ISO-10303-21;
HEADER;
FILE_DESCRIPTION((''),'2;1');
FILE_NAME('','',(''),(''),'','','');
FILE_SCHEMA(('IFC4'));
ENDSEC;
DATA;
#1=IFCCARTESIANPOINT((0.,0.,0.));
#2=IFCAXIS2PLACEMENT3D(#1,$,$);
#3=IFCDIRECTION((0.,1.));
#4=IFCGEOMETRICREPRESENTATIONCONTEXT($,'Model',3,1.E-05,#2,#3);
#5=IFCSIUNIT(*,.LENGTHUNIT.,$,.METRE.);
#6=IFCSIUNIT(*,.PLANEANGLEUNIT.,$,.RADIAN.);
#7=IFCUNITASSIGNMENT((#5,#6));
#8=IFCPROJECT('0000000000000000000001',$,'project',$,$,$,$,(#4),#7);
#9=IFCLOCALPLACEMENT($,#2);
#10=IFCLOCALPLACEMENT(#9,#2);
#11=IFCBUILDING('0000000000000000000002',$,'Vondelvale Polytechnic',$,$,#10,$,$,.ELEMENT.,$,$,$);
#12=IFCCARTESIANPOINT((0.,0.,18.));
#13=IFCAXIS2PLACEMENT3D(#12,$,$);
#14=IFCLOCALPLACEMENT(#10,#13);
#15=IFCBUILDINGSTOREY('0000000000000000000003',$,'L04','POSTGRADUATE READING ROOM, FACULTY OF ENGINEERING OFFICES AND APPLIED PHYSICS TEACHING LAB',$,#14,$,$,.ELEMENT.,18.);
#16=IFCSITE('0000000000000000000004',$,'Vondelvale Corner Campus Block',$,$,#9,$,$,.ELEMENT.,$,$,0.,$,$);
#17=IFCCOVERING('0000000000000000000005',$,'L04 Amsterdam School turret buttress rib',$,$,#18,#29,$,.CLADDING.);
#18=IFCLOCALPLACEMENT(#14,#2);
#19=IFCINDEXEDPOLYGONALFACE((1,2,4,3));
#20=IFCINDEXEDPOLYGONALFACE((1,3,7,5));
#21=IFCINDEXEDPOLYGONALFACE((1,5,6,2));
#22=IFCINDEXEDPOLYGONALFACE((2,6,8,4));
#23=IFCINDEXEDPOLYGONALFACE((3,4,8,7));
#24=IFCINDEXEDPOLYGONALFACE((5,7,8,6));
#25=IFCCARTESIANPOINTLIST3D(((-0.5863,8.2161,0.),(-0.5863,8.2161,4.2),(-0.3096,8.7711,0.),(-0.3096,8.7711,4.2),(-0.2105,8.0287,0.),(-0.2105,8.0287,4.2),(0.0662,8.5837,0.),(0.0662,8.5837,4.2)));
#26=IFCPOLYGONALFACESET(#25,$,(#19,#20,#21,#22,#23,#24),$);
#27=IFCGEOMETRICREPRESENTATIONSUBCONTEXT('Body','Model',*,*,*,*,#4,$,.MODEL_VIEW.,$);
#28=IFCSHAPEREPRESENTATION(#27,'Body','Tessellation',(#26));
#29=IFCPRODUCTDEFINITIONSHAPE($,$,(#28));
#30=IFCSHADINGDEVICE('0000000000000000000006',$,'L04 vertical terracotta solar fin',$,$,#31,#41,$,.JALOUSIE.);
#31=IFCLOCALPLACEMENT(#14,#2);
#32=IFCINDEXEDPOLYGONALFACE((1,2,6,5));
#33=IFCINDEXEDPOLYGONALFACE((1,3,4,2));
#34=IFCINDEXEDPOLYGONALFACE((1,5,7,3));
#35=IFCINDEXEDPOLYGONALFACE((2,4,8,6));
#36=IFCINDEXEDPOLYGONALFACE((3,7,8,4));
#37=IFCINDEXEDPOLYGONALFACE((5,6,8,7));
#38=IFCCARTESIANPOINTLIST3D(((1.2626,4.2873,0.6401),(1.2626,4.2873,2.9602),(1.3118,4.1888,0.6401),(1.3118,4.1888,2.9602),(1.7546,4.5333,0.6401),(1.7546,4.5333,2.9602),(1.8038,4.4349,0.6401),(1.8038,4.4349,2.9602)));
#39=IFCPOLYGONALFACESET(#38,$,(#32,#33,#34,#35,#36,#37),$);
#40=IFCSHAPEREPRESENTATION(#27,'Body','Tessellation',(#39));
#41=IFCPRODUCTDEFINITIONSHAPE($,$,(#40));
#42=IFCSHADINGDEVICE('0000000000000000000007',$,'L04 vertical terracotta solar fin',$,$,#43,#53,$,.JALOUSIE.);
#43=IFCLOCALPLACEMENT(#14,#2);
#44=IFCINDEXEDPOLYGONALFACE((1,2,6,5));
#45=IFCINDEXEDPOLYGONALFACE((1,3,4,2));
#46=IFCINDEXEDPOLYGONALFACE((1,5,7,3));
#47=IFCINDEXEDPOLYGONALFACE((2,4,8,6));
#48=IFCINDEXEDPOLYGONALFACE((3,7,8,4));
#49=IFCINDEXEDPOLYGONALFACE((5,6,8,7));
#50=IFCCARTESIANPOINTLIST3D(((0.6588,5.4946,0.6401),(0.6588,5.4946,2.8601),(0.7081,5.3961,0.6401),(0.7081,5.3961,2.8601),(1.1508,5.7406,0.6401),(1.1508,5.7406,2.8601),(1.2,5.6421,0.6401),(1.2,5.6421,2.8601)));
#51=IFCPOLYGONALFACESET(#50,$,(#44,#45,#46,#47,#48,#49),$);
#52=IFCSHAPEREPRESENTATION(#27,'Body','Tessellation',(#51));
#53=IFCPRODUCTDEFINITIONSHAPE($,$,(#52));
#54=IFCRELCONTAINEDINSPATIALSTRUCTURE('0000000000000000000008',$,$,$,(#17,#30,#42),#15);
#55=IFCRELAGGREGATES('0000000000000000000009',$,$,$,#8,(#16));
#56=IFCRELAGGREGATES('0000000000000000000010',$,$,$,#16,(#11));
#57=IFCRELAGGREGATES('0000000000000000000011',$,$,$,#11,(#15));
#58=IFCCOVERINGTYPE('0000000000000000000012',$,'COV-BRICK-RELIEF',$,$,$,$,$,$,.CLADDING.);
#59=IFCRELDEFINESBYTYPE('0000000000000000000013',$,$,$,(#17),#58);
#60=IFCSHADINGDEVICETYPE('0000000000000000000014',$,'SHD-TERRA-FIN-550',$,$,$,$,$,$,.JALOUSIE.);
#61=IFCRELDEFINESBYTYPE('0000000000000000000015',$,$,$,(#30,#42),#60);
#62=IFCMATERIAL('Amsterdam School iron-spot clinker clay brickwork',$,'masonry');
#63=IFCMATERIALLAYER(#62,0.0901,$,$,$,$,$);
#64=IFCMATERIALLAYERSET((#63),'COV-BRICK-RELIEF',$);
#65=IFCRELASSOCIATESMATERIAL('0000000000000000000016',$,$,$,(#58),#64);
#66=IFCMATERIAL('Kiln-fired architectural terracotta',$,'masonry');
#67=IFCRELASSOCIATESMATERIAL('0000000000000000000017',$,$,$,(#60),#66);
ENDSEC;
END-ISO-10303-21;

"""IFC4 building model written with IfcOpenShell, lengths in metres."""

from ifc_helpers import new_model, si_unit, direction, frame, origin, origin_2d, place, context, subcontext, project, spatial, rectangle, extrude, material, layer, layer_set, type_object, element, save


model = new_model("IFC4")

# Units and contexts
model_context = context("Model", 3, precision=1e-05, world=origin(), true_north=direction((0.0, 1.0)))
body_context = subcontext(model_context, "Body", "Model", "MODEL_VIEW")
ifc_project = project(units=[si_unit("LENGTHUNIT", "METRE"), si_unit("PLANEANGLEUNIT", "RADIAN")], contexts=[model_context])

# Site, building, storey
site_placement = place(None, origin())
site = spatial("IfcSite", under=ifc_project, at=site_placement, Name="Vondelvale Corner Campus Block", CompositionType="ELEMENT", RefElevation=0.0)
building_placement = place(site_placement, origin())
building = spatial("IfcBuilding", under=site, at=building_placement, Name="Vondelvale Polytechnic", CompositionType="ELEMENT")
storey_placement = place(building_placement, frame((0.0, 0.0, 18.0)))
storey = spatial("IfcBuildingStorey", under=building, at=storey_placement, Name="L04", Description="POSTGRADUATE READING ROOM, FACULTY OF ENGINEERING OFFICES AND APPLIED PHYSICS TEACHING LAB", CompositionType="ELEMENT", Elevation=18.0)

# Shared definitions
ifc_material_1 = material(Name="Amsterdam School iron-spot clinker clay brickwork", Category="masonry")

# Covering
ifc_layer_1 = layer(ifc_material_1, 0.0901)
ifc_layer_set_1 = layer_set([ifc_layer_1], Name="COV-BRICK-RELIEF")
covering_type = type_object("IfcCoveringType", Name="COV-BRICK-RELIEF", PredefinedType="CLADDING", material=ifc_layer_set_1)
for number, where, z_axis, x_axis, name in (
    (1, (-0.26, 8.3999, 0.0), (0.0, 0.0, 1.0), (0.446198, 0.894934, 0.0), "L04 Amsterdam School turret buttress rib"),
):
    element("IfcCovering", number, at=place(storey_placement, frame(where, z_axis=z_axis, x_axis=x_axis)), inside=storey, type_object=covering_type, Name=name, PredefinedType="CLADDING", context=body_context, shape_type="SweptSolid", body=[
        extrude(rectangle(XDim=0.6201, YDim=0.4199, at=origin_2d()), origin(), (0.0, 0.0, 1.0), 4.2),
    ])

# Shading devices
ifc_material_2 = material(Name="Kiln-fired architectural terracotta", Category="masonry")
shading_device_type = type_object("IfcShadingDeviceType", Name="SHD-TERRA-FIN-550", PredefinedType="JALOUSIE", material=ifc_material_2)
shading_device_1_placement = place(storey_placement, frame((1.5332, 4.3611, 0.6401), z_axis=(0.0, 0.0, 1.0), x_axis=(-0.447291, 0.894389, 0.0)))
element("IfcShadingDevice", 2, at=shading_device_1_placement, inside=storey, type_object=shading_device_type, Name="L04 vertical terracotta solar fin", PredefinedType="JALOUSIE", context=body_context, shape_type="SweptSolid", body=[
    extrude(rectangle(XDim=0.1101, YDim=0.55, at=origin_2d()), origin(), (0.0, 0.0, 1.0), 2.3201),
])
shading_device_2_placement = place(storey_placement, frame((0.9294, 5.5684, 0.6401), z_axis=(0.0, 0.0, 1.0), x_axis=(-0.447291, 0.894389, 0.0)))
element("IfcShadingDevice", 3, at=shading_device_2_placement, inside=storey, type_object=shading_device_type, Name="L04 vertical terracotta solar fin", PredefinedType="JALOUSIE", context=body_context, shape_type="SweptSolid", body=[
    extrude(rectangle(XDim=0.1101, YDim=0.55, at=origin_2d()), origin(), (0.0, 0.0, 1.0), 2.22),
])

save(model, "model.ifc")
